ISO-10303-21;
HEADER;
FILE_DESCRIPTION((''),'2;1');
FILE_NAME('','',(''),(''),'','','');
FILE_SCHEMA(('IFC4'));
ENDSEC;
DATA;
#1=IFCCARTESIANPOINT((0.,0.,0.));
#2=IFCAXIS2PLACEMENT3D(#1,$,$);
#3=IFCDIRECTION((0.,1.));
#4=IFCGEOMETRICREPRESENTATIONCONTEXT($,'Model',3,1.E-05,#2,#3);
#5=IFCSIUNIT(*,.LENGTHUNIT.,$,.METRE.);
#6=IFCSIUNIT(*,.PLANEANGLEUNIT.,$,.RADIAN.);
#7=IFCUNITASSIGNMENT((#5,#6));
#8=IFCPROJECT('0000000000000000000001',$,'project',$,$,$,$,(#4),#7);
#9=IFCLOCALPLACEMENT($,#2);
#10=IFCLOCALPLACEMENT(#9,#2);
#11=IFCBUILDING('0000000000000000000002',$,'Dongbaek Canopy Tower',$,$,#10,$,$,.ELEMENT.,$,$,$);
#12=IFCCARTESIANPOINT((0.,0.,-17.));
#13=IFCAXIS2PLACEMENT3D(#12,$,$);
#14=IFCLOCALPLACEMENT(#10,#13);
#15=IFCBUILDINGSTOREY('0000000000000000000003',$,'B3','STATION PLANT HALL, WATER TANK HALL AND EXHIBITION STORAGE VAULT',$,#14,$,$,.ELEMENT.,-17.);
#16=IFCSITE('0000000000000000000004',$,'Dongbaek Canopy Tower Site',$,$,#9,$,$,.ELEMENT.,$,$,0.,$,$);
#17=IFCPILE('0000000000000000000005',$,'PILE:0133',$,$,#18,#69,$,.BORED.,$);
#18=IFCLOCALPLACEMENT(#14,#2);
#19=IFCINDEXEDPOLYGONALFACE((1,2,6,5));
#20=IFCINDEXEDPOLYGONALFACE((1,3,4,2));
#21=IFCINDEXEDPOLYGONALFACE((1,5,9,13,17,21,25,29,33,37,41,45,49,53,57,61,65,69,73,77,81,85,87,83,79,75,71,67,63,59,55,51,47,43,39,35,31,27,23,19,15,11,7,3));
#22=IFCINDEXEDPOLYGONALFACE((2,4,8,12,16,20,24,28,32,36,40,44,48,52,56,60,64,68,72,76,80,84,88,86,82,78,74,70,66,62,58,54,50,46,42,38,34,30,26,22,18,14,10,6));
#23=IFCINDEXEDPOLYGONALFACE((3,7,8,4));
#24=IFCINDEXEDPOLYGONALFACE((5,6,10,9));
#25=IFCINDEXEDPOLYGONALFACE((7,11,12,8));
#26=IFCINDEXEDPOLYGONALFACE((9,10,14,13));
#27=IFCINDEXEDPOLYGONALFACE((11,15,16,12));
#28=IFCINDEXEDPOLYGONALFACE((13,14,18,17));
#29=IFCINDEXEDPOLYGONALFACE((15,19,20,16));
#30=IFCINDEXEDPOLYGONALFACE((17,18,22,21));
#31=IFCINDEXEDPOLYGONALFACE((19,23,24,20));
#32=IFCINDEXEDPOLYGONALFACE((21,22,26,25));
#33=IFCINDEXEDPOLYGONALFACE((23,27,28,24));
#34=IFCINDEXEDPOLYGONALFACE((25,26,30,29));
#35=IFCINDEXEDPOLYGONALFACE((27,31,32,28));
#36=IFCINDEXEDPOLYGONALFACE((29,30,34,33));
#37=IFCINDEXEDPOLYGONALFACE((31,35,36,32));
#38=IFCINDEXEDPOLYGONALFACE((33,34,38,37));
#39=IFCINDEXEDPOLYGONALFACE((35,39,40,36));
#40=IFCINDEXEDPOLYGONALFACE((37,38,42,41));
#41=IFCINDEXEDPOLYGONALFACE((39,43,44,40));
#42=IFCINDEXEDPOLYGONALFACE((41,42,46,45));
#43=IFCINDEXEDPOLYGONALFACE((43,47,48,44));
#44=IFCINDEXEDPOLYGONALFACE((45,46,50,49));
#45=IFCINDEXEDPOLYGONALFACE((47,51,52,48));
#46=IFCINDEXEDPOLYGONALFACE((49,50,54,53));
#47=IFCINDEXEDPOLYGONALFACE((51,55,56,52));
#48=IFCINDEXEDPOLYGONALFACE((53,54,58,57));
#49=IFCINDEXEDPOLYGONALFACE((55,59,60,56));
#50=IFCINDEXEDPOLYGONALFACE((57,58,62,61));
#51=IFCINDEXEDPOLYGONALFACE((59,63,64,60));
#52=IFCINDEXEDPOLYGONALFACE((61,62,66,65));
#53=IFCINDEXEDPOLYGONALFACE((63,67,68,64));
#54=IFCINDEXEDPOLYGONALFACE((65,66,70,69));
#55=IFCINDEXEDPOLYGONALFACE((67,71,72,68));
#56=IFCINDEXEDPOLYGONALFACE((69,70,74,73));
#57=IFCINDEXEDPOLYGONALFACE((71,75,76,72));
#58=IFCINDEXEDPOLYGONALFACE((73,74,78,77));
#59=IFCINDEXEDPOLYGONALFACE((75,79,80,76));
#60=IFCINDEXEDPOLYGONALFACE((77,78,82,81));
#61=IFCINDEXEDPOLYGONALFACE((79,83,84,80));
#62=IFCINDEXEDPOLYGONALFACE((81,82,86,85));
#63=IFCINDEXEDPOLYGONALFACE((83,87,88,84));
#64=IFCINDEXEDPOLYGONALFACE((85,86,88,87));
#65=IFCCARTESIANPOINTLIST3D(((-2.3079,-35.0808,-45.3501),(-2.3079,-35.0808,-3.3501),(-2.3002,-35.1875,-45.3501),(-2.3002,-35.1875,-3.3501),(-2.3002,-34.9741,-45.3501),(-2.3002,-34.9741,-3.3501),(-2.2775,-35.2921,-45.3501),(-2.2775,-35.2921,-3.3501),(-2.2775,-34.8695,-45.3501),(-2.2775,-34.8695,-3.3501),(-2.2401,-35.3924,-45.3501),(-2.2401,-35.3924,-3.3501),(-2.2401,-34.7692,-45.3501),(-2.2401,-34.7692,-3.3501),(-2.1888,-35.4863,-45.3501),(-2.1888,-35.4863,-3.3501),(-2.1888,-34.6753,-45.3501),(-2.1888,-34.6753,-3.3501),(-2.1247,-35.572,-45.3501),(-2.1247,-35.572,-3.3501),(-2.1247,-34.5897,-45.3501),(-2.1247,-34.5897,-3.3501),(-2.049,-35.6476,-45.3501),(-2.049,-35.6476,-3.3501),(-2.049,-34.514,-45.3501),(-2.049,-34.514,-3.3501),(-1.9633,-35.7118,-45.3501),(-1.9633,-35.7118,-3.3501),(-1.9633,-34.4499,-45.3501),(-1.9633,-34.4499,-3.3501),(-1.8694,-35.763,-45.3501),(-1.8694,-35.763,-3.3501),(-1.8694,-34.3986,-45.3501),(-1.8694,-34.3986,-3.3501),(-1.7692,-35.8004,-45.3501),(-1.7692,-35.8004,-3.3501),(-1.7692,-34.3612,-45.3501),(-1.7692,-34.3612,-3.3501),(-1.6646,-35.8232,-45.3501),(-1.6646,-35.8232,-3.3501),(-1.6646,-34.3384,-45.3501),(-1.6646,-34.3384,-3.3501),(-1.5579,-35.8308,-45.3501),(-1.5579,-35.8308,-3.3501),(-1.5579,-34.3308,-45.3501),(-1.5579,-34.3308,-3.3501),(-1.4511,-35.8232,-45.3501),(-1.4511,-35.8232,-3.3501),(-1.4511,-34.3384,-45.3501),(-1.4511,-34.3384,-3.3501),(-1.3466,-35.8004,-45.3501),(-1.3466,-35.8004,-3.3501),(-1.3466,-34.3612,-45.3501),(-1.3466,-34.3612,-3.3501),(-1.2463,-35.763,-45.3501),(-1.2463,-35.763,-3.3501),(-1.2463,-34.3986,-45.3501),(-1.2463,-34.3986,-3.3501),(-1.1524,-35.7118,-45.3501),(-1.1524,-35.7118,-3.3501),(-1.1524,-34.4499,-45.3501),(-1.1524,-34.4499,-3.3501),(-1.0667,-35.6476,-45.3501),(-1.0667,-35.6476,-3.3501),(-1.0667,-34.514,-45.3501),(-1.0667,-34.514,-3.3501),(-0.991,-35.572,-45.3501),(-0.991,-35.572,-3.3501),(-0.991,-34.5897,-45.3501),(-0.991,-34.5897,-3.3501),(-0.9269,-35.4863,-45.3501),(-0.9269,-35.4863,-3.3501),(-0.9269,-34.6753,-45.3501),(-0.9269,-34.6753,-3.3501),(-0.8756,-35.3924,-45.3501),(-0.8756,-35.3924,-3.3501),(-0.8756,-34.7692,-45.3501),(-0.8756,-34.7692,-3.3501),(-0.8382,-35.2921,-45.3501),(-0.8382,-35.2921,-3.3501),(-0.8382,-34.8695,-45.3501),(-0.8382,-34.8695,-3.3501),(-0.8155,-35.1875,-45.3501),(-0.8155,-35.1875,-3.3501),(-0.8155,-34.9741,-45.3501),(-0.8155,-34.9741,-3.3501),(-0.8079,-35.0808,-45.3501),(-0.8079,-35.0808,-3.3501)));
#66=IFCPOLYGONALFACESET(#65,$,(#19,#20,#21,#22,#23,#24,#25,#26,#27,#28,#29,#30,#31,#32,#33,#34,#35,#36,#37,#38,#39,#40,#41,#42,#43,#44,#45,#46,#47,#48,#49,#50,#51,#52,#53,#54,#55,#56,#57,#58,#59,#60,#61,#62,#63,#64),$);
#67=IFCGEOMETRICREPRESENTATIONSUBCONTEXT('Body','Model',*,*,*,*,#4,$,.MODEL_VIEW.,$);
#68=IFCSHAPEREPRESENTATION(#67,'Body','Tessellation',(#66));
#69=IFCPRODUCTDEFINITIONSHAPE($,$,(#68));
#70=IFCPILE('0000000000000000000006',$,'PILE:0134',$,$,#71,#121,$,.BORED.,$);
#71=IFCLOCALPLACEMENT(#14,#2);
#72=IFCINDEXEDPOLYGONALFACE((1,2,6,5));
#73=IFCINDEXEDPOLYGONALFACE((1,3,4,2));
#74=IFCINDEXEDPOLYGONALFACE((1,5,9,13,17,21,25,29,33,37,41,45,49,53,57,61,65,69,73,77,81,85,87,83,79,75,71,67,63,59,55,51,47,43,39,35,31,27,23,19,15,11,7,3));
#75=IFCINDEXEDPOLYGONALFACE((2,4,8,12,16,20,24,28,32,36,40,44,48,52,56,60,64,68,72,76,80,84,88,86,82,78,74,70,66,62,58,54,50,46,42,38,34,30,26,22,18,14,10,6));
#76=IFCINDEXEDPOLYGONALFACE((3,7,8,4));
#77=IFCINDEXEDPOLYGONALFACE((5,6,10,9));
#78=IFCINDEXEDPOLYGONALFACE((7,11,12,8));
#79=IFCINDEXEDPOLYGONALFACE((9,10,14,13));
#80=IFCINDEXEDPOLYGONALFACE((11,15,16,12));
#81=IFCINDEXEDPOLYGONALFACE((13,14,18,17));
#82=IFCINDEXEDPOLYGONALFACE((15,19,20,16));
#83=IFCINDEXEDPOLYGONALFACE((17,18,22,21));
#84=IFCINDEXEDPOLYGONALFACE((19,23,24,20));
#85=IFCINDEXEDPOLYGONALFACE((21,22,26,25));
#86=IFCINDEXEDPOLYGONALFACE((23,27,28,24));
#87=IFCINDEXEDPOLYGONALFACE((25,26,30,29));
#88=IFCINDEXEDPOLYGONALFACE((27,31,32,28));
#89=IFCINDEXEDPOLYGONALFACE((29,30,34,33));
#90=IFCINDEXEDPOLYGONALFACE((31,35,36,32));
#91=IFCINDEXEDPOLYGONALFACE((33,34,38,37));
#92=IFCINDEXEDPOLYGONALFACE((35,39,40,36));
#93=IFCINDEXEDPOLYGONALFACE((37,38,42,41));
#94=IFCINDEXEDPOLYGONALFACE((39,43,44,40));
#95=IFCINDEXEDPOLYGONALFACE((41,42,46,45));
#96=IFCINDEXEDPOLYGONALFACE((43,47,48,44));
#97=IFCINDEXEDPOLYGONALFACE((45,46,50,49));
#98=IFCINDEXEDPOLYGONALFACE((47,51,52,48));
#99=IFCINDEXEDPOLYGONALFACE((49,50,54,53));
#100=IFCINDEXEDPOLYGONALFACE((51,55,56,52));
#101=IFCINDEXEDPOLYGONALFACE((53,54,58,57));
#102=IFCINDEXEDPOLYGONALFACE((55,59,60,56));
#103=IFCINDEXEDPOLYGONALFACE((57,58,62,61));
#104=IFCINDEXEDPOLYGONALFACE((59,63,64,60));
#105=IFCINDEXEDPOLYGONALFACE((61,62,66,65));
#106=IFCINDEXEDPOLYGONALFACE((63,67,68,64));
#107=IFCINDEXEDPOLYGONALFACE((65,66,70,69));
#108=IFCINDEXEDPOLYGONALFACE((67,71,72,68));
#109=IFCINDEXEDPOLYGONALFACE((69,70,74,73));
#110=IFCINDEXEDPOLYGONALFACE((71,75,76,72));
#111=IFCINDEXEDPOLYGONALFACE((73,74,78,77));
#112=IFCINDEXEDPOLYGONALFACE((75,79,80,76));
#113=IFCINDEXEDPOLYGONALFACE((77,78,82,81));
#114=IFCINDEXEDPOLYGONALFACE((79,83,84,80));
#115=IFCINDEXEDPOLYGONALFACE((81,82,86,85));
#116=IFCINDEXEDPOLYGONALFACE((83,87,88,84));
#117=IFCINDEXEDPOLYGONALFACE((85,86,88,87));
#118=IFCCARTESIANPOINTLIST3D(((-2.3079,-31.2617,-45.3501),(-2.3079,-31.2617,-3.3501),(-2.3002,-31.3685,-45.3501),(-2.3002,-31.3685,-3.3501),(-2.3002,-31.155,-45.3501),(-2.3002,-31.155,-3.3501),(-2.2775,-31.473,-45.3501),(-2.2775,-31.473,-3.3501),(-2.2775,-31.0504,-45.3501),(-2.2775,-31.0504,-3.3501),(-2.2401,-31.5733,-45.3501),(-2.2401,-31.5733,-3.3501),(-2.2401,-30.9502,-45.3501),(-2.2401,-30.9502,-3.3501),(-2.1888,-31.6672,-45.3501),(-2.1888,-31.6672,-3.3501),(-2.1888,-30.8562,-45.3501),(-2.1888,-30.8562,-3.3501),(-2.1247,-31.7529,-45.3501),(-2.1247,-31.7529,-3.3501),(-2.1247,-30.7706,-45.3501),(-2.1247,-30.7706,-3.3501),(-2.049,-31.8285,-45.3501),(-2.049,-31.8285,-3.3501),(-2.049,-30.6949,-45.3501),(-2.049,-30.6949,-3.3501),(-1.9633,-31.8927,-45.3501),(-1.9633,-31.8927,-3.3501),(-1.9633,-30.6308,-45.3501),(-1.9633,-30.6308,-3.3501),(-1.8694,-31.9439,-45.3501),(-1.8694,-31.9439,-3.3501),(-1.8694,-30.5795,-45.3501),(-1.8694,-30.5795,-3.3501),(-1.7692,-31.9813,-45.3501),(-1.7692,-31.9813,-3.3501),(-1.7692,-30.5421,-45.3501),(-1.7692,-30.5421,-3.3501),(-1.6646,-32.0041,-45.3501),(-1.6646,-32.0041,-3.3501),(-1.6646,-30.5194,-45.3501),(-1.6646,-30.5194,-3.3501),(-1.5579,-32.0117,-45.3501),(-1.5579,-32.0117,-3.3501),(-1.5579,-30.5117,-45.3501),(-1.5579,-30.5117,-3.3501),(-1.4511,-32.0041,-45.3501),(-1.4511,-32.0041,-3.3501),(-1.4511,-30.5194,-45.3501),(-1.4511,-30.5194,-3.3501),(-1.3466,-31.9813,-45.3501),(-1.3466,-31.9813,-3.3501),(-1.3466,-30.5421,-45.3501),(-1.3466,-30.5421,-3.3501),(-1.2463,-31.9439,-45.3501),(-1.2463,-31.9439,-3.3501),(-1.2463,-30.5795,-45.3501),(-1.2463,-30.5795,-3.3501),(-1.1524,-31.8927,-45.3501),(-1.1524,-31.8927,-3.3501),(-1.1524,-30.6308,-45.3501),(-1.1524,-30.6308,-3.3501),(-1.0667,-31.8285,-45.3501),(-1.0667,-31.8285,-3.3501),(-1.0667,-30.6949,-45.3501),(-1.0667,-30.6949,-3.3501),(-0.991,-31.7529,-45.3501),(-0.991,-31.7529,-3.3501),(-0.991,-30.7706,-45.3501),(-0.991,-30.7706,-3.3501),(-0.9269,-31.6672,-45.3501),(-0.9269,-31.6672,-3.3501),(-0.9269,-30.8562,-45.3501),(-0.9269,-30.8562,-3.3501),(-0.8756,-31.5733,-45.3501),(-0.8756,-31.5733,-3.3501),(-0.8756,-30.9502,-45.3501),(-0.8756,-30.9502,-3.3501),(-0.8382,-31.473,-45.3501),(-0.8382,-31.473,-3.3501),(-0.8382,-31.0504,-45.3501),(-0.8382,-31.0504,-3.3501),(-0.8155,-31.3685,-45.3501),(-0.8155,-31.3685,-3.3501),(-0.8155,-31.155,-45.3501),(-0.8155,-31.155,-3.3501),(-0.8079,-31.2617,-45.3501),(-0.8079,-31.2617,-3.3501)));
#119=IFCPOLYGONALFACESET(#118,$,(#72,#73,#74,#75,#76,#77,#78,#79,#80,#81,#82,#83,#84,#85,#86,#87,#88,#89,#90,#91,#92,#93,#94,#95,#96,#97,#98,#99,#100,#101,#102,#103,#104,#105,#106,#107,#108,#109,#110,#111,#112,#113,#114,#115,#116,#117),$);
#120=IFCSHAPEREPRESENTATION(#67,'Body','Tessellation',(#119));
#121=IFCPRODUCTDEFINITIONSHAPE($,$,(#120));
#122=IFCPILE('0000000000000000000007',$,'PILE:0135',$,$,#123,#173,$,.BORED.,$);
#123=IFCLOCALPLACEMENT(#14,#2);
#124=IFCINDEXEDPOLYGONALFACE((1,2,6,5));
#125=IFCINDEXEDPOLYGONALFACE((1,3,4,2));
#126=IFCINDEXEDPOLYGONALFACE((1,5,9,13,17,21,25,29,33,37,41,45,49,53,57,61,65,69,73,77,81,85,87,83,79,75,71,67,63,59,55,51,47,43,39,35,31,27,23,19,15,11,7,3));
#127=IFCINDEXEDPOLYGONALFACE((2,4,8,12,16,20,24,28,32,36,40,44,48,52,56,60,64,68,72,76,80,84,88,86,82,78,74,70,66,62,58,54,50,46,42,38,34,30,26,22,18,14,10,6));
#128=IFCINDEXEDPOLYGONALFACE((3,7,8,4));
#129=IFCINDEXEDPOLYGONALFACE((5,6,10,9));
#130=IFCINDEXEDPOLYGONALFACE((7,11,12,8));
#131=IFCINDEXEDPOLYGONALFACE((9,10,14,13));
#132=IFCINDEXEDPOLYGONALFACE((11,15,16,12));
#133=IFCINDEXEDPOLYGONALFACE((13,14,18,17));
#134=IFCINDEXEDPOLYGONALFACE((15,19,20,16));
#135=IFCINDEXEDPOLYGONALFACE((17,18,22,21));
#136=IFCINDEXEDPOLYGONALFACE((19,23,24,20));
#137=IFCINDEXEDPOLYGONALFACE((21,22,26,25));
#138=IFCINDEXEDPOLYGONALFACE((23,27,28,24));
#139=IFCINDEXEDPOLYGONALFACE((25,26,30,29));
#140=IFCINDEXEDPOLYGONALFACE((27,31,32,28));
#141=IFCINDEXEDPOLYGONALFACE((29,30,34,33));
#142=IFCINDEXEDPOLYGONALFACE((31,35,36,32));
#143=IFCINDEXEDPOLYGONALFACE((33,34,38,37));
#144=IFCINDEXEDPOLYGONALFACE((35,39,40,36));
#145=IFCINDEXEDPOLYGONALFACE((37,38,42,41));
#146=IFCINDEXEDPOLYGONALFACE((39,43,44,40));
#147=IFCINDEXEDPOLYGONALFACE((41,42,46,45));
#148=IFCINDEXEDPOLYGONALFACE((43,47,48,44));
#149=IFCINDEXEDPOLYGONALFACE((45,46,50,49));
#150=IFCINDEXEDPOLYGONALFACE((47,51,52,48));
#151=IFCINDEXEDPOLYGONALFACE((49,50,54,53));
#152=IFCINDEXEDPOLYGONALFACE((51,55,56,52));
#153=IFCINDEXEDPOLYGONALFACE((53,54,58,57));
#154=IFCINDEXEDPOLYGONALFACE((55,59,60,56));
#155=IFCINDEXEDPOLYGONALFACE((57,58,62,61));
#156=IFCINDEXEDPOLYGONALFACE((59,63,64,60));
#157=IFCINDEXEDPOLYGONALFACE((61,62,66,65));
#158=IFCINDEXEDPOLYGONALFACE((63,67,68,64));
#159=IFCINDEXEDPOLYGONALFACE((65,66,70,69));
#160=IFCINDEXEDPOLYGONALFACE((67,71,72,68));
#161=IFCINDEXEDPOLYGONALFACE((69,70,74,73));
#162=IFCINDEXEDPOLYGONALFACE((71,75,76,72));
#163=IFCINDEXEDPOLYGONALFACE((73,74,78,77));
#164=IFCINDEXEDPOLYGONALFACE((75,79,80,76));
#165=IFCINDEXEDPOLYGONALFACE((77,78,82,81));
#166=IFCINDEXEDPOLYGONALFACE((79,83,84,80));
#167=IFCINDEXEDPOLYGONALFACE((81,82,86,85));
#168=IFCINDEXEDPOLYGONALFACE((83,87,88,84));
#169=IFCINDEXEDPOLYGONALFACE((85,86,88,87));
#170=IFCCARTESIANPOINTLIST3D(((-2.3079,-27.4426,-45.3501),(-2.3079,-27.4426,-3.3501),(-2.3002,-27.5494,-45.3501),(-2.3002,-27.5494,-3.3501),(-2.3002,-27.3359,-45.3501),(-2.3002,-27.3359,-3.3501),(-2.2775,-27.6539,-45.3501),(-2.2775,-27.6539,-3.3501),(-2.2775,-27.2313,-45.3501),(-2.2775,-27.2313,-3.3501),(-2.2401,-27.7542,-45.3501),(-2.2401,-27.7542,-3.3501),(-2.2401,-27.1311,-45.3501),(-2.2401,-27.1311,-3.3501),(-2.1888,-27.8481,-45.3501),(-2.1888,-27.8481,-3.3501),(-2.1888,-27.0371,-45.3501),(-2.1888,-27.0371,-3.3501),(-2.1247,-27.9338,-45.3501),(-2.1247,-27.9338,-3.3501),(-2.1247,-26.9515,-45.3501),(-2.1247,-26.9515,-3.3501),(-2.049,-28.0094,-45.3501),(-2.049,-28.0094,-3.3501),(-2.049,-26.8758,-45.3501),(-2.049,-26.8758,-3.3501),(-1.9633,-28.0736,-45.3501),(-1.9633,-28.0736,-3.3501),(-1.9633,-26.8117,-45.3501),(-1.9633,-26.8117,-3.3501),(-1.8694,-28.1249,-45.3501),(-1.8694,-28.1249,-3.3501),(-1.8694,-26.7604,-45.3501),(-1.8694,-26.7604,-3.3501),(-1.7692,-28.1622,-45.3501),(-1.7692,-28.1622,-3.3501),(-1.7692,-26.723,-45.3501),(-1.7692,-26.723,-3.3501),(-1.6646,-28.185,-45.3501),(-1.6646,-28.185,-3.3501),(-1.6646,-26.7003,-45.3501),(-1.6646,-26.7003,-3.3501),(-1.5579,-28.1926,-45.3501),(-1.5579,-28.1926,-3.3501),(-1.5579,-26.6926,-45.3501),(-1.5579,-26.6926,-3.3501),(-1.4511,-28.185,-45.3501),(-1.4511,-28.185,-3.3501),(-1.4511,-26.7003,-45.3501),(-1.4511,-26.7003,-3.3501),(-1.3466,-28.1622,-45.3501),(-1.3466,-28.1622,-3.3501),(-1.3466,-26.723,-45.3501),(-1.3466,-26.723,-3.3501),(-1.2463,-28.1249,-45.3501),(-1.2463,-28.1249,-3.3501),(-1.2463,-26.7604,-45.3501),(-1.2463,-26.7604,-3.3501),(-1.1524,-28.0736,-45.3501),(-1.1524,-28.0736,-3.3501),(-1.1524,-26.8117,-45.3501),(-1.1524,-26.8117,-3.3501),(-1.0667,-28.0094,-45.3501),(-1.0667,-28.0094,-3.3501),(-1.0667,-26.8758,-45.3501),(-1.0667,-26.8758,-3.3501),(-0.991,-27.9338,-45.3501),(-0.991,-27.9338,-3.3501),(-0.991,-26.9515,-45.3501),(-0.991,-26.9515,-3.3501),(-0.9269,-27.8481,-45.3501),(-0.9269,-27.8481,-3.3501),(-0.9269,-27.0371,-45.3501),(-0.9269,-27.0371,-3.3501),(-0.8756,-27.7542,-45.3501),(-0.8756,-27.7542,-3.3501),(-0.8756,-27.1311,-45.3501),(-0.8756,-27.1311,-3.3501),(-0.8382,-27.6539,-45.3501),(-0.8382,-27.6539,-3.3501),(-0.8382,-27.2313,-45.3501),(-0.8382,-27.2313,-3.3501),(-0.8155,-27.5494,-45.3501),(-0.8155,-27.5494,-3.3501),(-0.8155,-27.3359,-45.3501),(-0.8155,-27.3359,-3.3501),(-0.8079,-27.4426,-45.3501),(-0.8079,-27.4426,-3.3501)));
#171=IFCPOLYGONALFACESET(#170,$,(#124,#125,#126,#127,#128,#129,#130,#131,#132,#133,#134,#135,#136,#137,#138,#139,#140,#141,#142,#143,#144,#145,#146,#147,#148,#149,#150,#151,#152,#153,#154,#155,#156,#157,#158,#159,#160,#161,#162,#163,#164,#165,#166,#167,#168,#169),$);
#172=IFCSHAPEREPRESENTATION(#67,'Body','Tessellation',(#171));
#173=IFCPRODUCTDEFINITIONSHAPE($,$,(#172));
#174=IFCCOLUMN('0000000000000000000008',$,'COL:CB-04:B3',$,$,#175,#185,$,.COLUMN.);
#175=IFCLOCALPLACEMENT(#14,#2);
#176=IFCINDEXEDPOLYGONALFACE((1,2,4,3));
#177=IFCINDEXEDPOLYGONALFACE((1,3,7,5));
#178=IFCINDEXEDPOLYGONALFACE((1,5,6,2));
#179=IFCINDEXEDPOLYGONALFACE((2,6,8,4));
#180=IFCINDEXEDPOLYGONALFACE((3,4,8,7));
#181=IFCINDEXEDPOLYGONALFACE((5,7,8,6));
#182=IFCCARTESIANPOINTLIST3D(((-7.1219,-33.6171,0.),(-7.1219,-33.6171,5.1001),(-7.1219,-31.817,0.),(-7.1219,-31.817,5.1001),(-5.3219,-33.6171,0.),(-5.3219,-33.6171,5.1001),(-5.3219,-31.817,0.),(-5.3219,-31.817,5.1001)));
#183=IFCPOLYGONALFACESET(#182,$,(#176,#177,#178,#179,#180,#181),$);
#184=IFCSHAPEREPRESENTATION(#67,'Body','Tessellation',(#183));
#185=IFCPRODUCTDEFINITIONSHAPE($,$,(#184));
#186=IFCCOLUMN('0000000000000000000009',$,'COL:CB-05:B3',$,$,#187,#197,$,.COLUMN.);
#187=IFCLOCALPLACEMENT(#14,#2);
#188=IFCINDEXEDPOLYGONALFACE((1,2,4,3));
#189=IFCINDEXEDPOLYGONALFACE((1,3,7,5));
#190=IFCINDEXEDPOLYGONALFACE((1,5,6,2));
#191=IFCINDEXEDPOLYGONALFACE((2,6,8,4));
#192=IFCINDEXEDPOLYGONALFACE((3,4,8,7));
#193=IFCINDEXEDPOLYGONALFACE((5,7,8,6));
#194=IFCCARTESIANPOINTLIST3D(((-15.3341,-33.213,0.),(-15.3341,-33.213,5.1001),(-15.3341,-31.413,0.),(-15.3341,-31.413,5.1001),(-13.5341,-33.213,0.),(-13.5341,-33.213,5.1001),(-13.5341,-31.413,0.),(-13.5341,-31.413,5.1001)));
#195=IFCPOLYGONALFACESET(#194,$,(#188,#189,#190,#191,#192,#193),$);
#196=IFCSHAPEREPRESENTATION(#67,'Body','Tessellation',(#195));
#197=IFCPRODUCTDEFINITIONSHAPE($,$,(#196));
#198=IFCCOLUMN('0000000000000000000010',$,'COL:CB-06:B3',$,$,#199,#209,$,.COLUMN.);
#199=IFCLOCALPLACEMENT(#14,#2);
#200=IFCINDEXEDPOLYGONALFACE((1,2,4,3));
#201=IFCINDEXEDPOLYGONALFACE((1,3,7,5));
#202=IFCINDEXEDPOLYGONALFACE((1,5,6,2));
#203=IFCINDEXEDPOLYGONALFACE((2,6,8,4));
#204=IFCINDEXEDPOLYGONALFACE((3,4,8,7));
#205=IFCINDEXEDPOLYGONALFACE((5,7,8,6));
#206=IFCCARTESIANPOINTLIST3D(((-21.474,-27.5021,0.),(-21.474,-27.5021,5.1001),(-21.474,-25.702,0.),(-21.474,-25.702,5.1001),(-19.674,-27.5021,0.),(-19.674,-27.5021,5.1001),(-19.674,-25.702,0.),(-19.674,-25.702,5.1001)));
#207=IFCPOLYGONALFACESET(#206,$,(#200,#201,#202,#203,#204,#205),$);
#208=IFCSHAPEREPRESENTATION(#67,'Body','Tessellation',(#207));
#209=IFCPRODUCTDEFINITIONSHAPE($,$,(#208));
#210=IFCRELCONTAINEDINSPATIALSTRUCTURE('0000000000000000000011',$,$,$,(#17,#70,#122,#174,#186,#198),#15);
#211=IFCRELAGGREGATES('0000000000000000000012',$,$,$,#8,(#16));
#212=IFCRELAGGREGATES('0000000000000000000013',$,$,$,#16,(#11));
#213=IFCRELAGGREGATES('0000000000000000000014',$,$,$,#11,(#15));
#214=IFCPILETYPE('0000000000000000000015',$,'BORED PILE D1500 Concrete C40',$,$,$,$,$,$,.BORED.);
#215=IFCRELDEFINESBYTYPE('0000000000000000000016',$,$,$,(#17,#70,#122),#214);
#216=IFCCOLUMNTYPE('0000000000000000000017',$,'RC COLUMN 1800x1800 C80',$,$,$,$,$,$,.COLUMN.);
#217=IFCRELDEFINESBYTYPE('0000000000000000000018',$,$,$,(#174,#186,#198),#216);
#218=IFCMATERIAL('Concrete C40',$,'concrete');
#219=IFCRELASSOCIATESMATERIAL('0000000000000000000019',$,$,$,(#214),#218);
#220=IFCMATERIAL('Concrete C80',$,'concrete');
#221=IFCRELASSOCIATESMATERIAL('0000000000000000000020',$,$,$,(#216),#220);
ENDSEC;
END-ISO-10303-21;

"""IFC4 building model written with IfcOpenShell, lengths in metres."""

from ifc_helpers import new_model, si_unit, direction, frame, origin, origin_2d, place, context, subcontext, project, spatial, rectangle, circle, extrude, material, material_profile, profile_set, type_object, element, save


model = new_model("IFC4")

# Units and contexts
model_context = context("Model", 3, precision=1e-05, world=origin(), true_north=direction((0.0, 1.0)))
body_context = subcontext(model_context, "Body", "Model", "MODEL_VIEW")
ifc_project = project(units=[si_unit("LENGTHUNIT", "METRE"), si_unit("PLANEANGLEUNIT", "RADIAN")], contexts=[model_context])

# Site, building, storey
site_placement = place(None, origin())
site = spatial("IfcSite", under=ifc_project, at=site_placement, Name="Dongbaek Canopy Tower Site", CompositionType="ELEMENT", RefElevation=0.0)
building_placement = place(site_placement, origin())
building = spatial("IfcBuilding", under=site, at=building_placement, Name="Dongbaek Canopy Tower", CompositionType="ELEMENT")
storey_placement = place(building_placement, frame((0.0, 0.0, -17.0)))
storey = spatial("IfcBuildingStorey", under=building, at=storey_placement, Name="B3", Description="STATION PLANT HALL, WATER TANK HALL AND EXHIBITION STORAGE VAULT", CompositionType="ELEMENT", Elevation=-17.0)

# Piles
ifc_material_1 = material(Name="Concrete C40", Category="concrete")
ifc_material_profile_1 = material_profile(ifc_material_1, circle(Radius=0.75, at=origin_2d()), Name="BORED PILE D1500 Concrete C40")
ifc_profile_set_1 = profile_set([ifc_material_profile_1], Name="Concrete C40")
pile_type = type_object("IfcPileType", Name="BORED PILE D1500 Concrete C40", PredefinedType="BORED", material=ifc_profile_set_1)
for number, where, z_axis, x_axis, name in (
    (1, (-1.5579, -35.0808, -3.3501), (0.0, 0.0, -1.0), (1.0, 0.0, 0.0), "PILE:0133"),
    (2, (-1.5579, -31.2617, -3.3501), (0.0, 0.0, -1.0), (1.0, 0.0, 0.0), "PILE:0134"),
    (3, (-1.5579, -27.4426, -3.3501), (0.0, 0.0, -1.0), (1.0, 0.0, 0.0), "PILE:0135"),
):
    element("IfcPile", number, at=place(storey_placement, frame(where, z_axis=z_axis, x_axis=x_axis)), inside=storey, type_object=pile_type, Name=name, PredefinedType="BORED", context=body_context, shape_type="SweptSolid", body=[
        extrude(circle(Radius=0.75, at=origin_2d()), origin(), (0.0, 0.0, 1.0), 42.0),
    ])

# Columns
ifc_material_2 = material(Name="Concrete C80", Category="concrete")
ifc_material_profile_2 = material_profile(ifc_material_2, rectangle(XDim=1.8, YDim=1.8, at=origin_2d()), Name="RC COLUMN 1800x1800 C80")
ifc_profile_set_2 = profile_set([ifc_material_profile_2], Name="Concrete C80")
column_type = type_object("IfcColumnType", Name="RC COLUMN 1800x1800 C80", PredefinedType="COLUMN", material=ifc_profile_set_2)
for number, where, z_axis, x_axis, name in (
    (4, (-6.2219, -32.717, 0.0), (0.0, 0.0, 1.0), (1.0, 0.0, 0.0), "COL:CB-04:B3"),
    (5, (-14.4341, -32.313, 0.0), (0.0, 0.0, 1.0), (1.0, 0.0, 0.0), "COL:CB-05:B3"),
    (6, (-20.574, -26.6021, 0.0), (0.0, 0.0, 1.0), (1.0, 0.0, 0.0), "COL:CB-06:B3"),
):
    element("IfcColumn", number, at=place(storey_placement, frame(where, z_axis=z_axis, x_axis=x_axis)), inside=storey, type_object=column_type, Name=name, PredefinedType="COLUMN", context=body_context, shape_type="SweptSolid", body=[
        extrude(rectangle(XDim=1.8, YDim=1.8, at=origin_2d()), origin(), (0.0, 0.0, 1.0), 5.1001),
    ])

save(model, "model.ifc")
